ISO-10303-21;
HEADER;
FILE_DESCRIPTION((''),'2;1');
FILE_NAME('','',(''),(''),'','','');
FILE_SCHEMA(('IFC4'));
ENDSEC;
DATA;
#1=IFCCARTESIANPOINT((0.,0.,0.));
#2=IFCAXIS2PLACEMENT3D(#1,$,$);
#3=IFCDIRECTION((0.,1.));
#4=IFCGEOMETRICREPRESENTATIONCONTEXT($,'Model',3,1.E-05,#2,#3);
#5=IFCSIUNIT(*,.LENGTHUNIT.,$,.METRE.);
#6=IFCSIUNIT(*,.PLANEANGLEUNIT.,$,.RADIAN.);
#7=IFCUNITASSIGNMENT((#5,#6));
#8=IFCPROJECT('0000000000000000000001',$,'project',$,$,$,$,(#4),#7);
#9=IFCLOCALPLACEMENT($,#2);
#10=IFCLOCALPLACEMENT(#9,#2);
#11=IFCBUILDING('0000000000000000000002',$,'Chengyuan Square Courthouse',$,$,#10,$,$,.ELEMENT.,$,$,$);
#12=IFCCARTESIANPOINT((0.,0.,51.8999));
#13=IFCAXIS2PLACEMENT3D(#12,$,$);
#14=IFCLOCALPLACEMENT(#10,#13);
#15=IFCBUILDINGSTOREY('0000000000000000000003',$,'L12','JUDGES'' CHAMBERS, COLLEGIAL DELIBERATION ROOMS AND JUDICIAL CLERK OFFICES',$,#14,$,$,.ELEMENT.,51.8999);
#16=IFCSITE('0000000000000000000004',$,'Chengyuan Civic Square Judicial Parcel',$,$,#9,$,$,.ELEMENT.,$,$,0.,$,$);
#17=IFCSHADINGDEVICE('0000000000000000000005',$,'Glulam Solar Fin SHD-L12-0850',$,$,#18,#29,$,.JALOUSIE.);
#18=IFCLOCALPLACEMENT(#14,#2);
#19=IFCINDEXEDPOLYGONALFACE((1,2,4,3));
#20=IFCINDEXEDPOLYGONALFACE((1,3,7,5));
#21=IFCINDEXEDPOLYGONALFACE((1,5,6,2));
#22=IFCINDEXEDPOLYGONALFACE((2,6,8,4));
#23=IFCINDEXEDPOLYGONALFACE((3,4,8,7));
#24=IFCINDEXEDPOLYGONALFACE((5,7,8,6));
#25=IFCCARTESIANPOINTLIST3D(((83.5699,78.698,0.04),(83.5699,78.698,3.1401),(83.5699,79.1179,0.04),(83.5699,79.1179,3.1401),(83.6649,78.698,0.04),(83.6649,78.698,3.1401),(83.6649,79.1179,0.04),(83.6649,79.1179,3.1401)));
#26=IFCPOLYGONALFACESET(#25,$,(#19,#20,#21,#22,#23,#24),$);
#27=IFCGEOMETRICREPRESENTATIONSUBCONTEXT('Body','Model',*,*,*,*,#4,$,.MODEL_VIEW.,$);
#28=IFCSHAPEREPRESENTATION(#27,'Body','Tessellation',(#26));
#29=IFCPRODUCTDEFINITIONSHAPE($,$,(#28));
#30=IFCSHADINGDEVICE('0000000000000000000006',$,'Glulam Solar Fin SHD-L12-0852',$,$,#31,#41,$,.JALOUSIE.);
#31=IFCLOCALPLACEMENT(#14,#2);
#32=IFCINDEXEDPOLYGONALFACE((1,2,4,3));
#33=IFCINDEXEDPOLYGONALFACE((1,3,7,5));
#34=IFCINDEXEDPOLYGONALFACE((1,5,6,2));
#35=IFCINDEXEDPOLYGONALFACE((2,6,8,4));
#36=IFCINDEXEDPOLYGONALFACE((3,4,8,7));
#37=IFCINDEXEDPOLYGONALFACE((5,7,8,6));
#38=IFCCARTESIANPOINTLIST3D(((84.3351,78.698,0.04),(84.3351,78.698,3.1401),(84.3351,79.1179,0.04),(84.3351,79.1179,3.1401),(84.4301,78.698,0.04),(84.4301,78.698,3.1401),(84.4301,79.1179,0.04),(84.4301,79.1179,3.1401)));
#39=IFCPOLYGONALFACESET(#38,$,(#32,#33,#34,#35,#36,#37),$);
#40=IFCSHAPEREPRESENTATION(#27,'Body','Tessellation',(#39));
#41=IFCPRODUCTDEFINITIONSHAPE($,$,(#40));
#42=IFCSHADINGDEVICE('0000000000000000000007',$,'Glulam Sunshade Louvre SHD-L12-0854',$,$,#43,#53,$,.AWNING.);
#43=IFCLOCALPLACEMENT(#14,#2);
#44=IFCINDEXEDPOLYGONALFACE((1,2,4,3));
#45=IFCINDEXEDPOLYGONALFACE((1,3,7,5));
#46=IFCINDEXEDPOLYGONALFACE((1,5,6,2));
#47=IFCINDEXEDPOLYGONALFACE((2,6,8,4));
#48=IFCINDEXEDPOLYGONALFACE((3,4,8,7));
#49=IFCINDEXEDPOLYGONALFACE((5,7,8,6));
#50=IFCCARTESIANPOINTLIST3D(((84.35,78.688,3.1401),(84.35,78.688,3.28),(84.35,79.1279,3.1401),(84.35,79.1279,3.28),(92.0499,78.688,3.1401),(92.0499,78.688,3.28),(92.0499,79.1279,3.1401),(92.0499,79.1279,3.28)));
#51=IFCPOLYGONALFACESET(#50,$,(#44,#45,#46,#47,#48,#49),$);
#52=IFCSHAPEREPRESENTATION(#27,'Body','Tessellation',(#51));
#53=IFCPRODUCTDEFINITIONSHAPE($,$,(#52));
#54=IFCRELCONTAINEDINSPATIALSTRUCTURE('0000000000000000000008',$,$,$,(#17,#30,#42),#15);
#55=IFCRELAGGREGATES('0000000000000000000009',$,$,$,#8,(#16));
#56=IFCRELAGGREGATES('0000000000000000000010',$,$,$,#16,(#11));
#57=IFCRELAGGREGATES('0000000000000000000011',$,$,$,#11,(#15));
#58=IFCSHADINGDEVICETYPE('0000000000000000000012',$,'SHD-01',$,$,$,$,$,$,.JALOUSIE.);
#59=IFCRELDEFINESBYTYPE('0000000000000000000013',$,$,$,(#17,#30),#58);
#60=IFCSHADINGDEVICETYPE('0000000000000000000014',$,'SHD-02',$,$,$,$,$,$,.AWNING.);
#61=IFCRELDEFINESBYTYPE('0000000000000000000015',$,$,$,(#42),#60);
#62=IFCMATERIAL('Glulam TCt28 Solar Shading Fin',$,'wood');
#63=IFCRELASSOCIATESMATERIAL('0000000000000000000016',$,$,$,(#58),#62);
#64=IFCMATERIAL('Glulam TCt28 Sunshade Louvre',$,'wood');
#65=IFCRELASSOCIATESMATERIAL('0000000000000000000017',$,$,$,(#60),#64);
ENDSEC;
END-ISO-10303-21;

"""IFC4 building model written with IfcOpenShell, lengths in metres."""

from ifc_helpers import new_model, si_unit, direction, frame, origin, origin_2d, place, context, subcontext, project, spatial, rectangle, extrude, material, type_object, element, save


model = new_model("IFC4")

# Units and contexts
model_context = context("Model", 3, precision=1e-05, world=origin(), true_north=direction((0.0, 1.0)))
body_context = subcontext(model_context, "Body", "Model", "MODEL_VIEW")
ifc_project = project(units=[si_unit("LENGTHUNIT", "METRE"), si_unit("PLANEANGLEUNIT", "RADIAN")], contexts=[model_context])

# Site, building, storey
site_placement = place(None, origin())
site = spatial("IfcSite", under=ifc_project, at=site_placement, Name="Chengyuan Civic Square Judicial Parcel", CompositionType="ELEMENT", RefElevation=0.0)
building_placement = place(site_placement, origin())
building = spatial("IfcBuilding", under=site, at=building_placement, Name="Chengyuan Square Courthouse", CompositionType="ELEMENT")
storey_placement = place(building_placement, frame((0.0, 0.0, 51.8999)))
storey = spatial("IfcBuildingStorey", under=building, at=storey_placement, Name="L12", Description="JUDGES' CHAMBERS, COLLEGIAL DELIBERATION ROOMS AND JUDICIAL CLERK OFFICES", CompositionType="ELEMENT", Elevation=51.8999)

# Shading devices
ifc_material_1 = material(Name="Glulam TCt28 Solar Shading Fin", Category="wood")
shading_device_type_1 = type_object("IfcShadingDeviceType", Name="SHD-01", PredefinedType="JALOUSIE", material=ifc_material_1)
for number, where, z_axis, x_axis, name in (
    (1, (83.6174, 78.908, 0.04), (0.0, 0.0, 1.0), (0.0, 1.0, 0.0), "Glulam Solar Fin SHD-L12-0850"),
    (2, (84.3826, 78.908, 0.04), (0.0, 0.0, 1.0), (0.0, 1.0, 0.0), "Glulam Solar Fin SHD-L12-0852"),
):
    element("IfcShadingDevice", number, at=place(storey_placement, frame(where, z_axis=z_axis, x_axis=x_axis)), inside=storey, type_object=shading_device_type_1, Name=name, PredefinedType="JALOUSIE", context=body_context, shape_type="SweptSolid", body=[
        extrude(rectangle(XDim=0.4199, YDim=0.095, at=origin_2d()), origin(), (0.0, 0.0, 1.0), 3.1001),
    ])
ifc_material_2 = material(Name="Glulam TCt28 Sunshade Louvre", Category="wood")
shading_device_type_2 = type_object("IfcShadingDeviceType", Name="SHD-02", PredefinedType="AWNING", material=ifc_material_2)
shading_device_placement = place(storey_placement, frame((88.2, 78.908, 3.1401), z_axis=(0.0, 0.0, 1.0), x_axis=(1.0, 0.0, 0.0)))
element("IfcShadingDevice", 3, at=shading_device_placement, inside=storey, type_object=shading_device_type_2, Name="Glulam Sunshade Louvre SHD-L12-0854", PredefinedType="AWNING", context=body_context, shape_type="SweptSolid", body=[
    extrude(rectangle(XDim=7.7, YDim=0.4399, at=origin_2d()), origin(), (0.0, 0.0, 1.0), 0.1399),
])

save(model, "model.ifc")
